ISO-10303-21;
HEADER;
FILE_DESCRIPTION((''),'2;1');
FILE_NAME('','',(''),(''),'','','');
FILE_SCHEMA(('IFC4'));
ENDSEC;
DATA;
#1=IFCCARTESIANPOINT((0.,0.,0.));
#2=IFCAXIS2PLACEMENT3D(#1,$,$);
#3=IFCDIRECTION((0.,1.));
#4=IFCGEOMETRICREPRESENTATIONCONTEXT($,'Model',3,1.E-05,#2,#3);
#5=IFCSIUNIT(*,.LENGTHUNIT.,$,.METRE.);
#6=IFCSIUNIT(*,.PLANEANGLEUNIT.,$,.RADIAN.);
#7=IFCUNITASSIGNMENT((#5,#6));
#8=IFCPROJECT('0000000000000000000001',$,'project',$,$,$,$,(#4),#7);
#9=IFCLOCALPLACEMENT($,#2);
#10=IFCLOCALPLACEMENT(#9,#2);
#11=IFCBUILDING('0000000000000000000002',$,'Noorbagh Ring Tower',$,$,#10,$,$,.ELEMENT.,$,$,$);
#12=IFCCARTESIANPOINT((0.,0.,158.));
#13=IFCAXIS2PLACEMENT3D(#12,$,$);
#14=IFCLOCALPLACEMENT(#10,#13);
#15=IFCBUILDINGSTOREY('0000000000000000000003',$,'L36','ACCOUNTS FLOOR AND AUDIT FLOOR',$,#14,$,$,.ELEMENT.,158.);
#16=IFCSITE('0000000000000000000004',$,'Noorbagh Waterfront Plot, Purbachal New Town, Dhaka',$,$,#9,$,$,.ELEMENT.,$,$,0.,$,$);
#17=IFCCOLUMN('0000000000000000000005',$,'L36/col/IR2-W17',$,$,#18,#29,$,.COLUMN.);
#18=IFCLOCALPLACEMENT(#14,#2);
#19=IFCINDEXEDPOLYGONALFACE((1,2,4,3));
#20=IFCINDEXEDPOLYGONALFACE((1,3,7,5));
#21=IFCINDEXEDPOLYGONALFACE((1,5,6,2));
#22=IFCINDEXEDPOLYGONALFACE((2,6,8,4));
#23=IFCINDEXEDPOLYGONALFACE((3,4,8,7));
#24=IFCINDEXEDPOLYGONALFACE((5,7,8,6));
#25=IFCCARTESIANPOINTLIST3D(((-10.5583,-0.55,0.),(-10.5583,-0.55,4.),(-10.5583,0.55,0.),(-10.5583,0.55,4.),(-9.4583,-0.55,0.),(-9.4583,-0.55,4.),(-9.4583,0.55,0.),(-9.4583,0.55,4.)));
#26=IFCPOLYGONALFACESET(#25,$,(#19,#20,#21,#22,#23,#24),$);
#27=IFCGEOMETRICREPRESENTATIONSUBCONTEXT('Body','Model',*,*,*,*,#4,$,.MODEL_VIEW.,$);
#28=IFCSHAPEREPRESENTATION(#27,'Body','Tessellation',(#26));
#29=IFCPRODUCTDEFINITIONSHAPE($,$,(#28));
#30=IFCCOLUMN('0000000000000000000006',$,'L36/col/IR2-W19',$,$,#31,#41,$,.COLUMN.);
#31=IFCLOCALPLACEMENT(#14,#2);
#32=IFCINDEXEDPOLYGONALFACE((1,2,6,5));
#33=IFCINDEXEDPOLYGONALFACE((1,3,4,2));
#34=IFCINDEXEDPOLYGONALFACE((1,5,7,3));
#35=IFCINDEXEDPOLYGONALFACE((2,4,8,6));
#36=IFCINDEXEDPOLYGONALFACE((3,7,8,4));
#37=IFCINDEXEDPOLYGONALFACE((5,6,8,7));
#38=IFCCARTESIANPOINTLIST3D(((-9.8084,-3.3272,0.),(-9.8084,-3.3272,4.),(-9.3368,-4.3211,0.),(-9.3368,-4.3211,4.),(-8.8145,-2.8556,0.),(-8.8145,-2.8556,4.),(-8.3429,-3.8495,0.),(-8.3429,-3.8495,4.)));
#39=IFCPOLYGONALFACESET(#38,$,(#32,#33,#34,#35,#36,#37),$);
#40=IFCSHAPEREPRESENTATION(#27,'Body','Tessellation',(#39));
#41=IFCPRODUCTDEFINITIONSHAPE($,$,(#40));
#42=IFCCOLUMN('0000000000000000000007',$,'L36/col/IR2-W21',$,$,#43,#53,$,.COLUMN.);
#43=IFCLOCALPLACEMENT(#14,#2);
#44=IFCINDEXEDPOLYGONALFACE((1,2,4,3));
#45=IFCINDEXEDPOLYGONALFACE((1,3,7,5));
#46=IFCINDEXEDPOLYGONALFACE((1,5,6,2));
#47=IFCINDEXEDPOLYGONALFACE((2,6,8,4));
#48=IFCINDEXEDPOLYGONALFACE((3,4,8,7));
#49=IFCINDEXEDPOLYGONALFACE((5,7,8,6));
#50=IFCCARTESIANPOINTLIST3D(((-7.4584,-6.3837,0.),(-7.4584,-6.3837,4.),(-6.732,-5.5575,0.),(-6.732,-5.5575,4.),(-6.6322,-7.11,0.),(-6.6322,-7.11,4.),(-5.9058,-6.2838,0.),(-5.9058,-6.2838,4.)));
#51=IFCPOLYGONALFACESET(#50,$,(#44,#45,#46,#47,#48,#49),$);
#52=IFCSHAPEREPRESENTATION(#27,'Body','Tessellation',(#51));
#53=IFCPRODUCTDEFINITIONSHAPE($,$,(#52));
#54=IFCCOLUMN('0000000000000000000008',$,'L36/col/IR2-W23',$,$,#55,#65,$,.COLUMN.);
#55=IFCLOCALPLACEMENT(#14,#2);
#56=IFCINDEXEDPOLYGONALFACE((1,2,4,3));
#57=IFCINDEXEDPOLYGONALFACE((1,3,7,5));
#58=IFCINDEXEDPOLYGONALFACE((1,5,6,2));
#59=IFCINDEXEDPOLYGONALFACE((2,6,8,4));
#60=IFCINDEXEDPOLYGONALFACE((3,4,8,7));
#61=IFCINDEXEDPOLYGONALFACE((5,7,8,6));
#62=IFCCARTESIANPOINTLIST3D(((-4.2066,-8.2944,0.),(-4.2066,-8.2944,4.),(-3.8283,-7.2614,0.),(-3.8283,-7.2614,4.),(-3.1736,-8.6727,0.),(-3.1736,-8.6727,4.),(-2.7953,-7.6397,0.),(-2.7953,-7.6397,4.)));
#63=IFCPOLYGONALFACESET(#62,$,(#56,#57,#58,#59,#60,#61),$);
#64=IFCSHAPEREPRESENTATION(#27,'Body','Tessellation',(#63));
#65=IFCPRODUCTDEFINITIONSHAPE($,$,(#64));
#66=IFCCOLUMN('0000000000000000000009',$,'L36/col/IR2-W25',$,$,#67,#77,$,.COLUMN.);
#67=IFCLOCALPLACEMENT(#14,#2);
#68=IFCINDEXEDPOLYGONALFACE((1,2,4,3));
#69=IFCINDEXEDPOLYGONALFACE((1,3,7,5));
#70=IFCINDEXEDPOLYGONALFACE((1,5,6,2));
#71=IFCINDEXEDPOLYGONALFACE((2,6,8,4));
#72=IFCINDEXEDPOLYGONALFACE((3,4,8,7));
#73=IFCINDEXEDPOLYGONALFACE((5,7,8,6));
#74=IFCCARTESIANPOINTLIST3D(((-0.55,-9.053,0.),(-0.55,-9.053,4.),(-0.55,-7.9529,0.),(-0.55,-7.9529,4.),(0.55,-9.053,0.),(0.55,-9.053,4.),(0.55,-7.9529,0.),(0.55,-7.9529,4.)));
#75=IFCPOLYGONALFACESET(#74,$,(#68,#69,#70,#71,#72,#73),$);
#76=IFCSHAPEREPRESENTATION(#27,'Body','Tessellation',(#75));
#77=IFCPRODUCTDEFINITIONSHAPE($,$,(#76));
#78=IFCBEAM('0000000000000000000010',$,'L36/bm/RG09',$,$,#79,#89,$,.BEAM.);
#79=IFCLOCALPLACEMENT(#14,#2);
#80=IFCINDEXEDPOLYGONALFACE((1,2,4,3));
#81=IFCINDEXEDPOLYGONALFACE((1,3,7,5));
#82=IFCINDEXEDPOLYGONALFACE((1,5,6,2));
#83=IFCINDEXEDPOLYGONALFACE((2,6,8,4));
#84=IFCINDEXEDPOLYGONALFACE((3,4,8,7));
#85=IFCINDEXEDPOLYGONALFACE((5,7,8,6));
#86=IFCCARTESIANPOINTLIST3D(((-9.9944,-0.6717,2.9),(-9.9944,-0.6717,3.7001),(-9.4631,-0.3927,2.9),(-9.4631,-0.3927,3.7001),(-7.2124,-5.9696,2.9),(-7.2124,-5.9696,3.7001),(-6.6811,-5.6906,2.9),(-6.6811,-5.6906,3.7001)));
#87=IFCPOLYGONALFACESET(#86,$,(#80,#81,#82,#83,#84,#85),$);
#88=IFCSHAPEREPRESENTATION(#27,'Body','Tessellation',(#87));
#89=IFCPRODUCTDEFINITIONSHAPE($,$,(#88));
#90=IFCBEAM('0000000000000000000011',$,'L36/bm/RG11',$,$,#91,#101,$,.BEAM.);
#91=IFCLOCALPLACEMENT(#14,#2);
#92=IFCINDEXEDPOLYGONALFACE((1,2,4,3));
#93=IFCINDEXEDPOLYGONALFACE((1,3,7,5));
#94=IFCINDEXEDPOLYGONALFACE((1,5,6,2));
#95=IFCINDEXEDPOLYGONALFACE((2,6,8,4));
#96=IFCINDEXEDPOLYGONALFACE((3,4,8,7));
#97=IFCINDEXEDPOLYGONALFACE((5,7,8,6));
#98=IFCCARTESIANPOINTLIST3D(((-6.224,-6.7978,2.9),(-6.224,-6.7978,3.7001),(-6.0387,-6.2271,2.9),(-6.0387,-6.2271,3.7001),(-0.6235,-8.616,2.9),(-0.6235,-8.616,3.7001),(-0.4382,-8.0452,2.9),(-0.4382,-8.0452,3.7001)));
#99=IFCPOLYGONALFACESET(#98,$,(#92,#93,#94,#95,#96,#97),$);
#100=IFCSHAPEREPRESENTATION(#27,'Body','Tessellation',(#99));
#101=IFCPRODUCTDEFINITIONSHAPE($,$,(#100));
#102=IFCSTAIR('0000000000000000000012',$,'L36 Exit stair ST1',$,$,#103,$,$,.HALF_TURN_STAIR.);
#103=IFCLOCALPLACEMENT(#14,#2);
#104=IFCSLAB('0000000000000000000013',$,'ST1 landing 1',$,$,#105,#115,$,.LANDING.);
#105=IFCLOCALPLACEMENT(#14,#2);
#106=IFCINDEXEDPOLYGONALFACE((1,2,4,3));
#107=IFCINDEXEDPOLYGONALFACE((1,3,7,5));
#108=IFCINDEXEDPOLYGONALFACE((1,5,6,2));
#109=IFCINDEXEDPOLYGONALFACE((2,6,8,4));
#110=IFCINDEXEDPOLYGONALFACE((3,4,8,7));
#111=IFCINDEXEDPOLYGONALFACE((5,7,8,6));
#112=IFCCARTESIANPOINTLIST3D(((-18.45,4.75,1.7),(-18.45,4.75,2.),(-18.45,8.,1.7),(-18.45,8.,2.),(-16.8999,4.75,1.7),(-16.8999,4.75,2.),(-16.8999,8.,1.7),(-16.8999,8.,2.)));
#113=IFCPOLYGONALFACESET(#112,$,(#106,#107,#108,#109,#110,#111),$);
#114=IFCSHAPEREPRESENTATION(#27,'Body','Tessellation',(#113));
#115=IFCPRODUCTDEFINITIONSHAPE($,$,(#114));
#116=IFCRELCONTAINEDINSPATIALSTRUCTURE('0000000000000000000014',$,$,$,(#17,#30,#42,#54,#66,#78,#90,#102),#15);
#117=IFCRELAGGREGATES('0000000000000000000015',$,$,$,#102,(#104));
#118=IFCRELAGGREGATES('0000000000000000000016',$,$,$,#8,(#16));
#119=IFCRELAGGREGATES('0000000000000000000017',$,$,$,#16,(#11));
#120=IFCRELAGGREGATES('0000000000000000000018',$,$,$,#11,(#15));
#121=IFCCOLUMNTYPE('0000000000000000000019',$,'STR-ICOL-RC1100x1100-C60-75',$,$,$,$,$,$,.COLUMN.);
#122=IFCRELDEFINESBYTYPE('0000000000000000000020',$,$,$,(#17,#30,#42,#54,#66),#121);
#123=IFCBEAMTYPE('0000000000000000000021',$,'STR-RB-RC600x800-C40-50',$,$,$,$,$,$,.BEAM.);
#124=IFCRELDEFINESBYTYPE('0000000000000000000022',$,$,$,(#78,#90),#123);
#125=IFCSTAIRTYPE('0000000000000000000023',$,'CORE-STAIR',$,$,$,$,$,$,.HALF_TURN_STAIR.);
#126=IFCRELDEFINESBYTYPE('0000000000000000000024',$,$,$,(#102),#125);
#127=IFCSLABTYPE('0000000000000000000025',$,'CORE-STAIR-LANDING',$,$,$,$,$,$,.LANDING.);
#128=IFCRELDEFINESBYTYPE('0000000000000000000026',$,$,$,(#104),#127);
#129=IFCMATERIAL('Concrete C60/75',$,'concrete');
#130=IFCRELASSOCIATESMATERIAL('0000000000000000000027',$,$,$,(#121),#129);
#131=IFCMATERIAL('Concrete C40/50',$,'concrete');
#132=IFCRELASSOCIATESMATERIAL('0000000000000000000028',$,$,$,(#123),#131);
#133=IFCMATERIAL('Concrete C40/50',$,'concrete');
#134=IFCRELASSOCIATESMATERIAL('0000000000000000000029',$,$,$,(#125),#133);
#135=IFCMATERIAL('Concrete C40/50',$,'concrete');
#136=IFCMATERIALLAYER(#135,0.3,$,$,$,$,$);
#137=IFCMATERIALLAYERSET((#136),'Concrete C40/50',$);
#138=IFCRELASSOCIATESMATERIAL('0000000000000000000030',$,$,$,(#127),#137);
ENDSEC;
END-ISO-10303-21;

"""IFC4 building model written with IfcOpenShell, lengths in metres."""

from ifc_helpers import new_model, si_unit, direction, frame, origin, origin_2d, place, context, subcontext, project, spatial, polyline, rectangle, outline, extrude, material, layer, layer_set, material_profile, profile_set, type_object, element, aggregate, save


model = new_model("IFC4")

# Units and contexts
model_context = context("Model", 3, precision=1e-05, world=origin(), true_north=direction((0.0, 1.0)))
body_context = subcontext(model_context, "Body", "Model", "MODEL_VIEW")
ifc_project = project(units=[si_unit("LENGTHUNIT", "METRE"), si_unit("PLANEANGLEUNIT", "RADIAN")], contexts=[model_context])

# Site, building, storey
site_placement = place(None, origin())
site = spatial("IfcSite", under=ifc_project, at=site_placement, Name="Noorbagh Waterfront Plot, Purbachal New Town, Dhaka", CompositionType="ELEMENT", RefElevation=0.0)
building_placement = place(site_placement, origin())
building = spatial("IfcBuilding", under=site, at=building_placement, Name="Noorbagh Ring Tower", CompositionType="ELEMENT")
storey_placement = place(building_placement, frame((0.0, 0.0, 158.0)))
storey = spatial("IfcBuildingStorey", under=building, at=storey_placement, Name="L36", Description="ACCOUNTS FLOOR AND AUDIT FLOOR", CompositionType="ELEMENT", Elevation=158.0)

# Columns
ifc_material_1 = material(Name="Concrete C60/75", Category="concrete")
ifc_material_profile_1 = material_profile(ifc_material_1, rectangle(XDim=1.1001, YDim=1.1001, at=origin_2d()), Name="RC1100x1100")
ifc_profile_set_1 = profile_set([ifc_material_profile_1], Name="Concrete C60/75")
column_type = type_object("IfcColumnType", Name="STR-ICOL-RC1100x1100-C60-75", PredefinedType="COLUMN", material=ifc_profile_set_1)
for number, where, z_axis, x_axis, name in (
    (1, (-10.0083, 0.0, 0.0), (0.0, 0.0, 1.0), (0.0, -1.0, 0.0), "L36/col/IR2-W17"),
    (2, (-9.0757, -3.5884, 0.0), (0.0, 0.0, 1.0), (0.428667, -0.903463, 0.0), "L36/col/IR2-W19"),
    (3, (-6.6821, -6.3337, 0.0), (0.0, 0.0, 1.0), (0.751022, -0.660277, 0.0), "L36/col/IR2-W21"),
    (4, (-3.501, -7.967, 0.0), (0.0, 0.0, 1.0), (0.93902, -0.343864, 0.0), "L36/col/IR2-W23"),
    (5, (0.0, -8.5029, 0.0), (0.0, 0.0, 1.0), (1.0, 0.0, 0.0), "L36/col/IR2-W25"),
):
    element("IfcColumn", number, at=place(storey_placement, frame(where, z_axis=z_axis, x_axis=x_axis)), inside=storey, type_object=column_type, Name=name, PredefinedType="COLUMN", context=body_context, shape_type="SweptSolid", body=[
        extrude(rectangle(XDim=1.1001, YDim=1.1001, at=origin_2d()), origin(), (0.0, 0.0, 1.0), 4.0),
    ])

# Beams
ifc_material_2 = material(Name="Concrete C40/50", Category="concrete")
ifc_material_profile_2 = material_profile(ifc_material_2, rectangle(XDim=0.6001, YDim=0.8, at=origin_2d()), Name="RC600x800")
ifc_profile_set_2 = profile_set([ifc_material_profile_2], Name="Concrete C40/50")
beam_type = type_object("IfcBeamType", Name="STR-RB-RC600x800-C40-50", PredefinedType="BEAM", material=ifc_profile_set_2)
beam_1_placement = place(storey_placement, frame((-9.7288, -0.5322, 3.3), z_axis=(0.464914, -0.885356, 0.0), x_axis=(0.885356, 0.464914, 0.0)))
element("IfcBeam", 6, at=beam_1_placement, inside=storey, type_object=beam_type, Name="L36/bm/RG09", PredefinedType="BEAM", context=body_context, shape_type="SweptSolid", body=[
    extrude(rectangle(XDim=0.6001, YDim=0.8, at=origin_2d()), origin(), (0.0, 0.0, 1.0), 5.9839),
])
beam_2_placement = place(storey_placement, frame((-6.1313, -6.5125, 3.3), z_axis=(0.951134, -0.308779, 0.0), x_axis=(0.308779, 0.951134, 0.0)))
element("IfcBeam", 7, at=beam_2_placement, inside=storey, type_object=beam_type, Name="L36/bm/RG11", PredefinedType="BEAM", context=body_context, shape_type="SweptSolid", body=[
    extrude(rectangle(XDim=0.6001, YDim=0.8, at=origin_2d()), origin(), (0.0, 0.0, 1.0), 5.8882),
])

# Stair, slab
ifc_material_3 = material(Name="Concrete C40/50", Category="concrete")
stair_type = type_object("IfcStairType", Name="CORE-STAIR", PredefinedType="HALF_TURN_STAIR", material=ifc_material_3)
stair_placement = place(storey_placement, origin())
stair = element("IfcStair", 8, at=stair_placement, inside=storey, type_object=stair_type, Name="L36 Exit stair ST1", PredefinedType="HALF_TURN_STAIR")
ifc_material_4 = material(Name="Concrete C40/50", Category="concrete")
ifc_layer_1 = layer(ifc_material_4, 0.3)
ifc_layer_set_1 = layer_set([ifc_layer_1], Name="Concrete C40/50")
slab_type_1 = type_object("IfcSlabType", Name="CORE-STAIR-LANDING", PredefinedType="LANDING", material=ifc_layer_set_1)
slab_1_placement = place(storey_placement, frame((0.0, 0.0, 1.7)))
slab_1 = element("IfcSlab", 9, at=slab_1_placement, type_object=slab_type_1, Name="ST1 landing 1", PredefinedType="LANDING", context=body_context, shape_type="SweptSolid", body=[
    extrude(outline(polyline([(-18.45, 4.75), (-16.8999, 4.75), (-16.8999, 8.0), (-18.45, 8.0), (-18.45, 4.75)])), origin(), (0.0, 0.0, 1.0), 0.3),
])
aggregate(stair, [slab_1])

save(model, "model.ifc")
